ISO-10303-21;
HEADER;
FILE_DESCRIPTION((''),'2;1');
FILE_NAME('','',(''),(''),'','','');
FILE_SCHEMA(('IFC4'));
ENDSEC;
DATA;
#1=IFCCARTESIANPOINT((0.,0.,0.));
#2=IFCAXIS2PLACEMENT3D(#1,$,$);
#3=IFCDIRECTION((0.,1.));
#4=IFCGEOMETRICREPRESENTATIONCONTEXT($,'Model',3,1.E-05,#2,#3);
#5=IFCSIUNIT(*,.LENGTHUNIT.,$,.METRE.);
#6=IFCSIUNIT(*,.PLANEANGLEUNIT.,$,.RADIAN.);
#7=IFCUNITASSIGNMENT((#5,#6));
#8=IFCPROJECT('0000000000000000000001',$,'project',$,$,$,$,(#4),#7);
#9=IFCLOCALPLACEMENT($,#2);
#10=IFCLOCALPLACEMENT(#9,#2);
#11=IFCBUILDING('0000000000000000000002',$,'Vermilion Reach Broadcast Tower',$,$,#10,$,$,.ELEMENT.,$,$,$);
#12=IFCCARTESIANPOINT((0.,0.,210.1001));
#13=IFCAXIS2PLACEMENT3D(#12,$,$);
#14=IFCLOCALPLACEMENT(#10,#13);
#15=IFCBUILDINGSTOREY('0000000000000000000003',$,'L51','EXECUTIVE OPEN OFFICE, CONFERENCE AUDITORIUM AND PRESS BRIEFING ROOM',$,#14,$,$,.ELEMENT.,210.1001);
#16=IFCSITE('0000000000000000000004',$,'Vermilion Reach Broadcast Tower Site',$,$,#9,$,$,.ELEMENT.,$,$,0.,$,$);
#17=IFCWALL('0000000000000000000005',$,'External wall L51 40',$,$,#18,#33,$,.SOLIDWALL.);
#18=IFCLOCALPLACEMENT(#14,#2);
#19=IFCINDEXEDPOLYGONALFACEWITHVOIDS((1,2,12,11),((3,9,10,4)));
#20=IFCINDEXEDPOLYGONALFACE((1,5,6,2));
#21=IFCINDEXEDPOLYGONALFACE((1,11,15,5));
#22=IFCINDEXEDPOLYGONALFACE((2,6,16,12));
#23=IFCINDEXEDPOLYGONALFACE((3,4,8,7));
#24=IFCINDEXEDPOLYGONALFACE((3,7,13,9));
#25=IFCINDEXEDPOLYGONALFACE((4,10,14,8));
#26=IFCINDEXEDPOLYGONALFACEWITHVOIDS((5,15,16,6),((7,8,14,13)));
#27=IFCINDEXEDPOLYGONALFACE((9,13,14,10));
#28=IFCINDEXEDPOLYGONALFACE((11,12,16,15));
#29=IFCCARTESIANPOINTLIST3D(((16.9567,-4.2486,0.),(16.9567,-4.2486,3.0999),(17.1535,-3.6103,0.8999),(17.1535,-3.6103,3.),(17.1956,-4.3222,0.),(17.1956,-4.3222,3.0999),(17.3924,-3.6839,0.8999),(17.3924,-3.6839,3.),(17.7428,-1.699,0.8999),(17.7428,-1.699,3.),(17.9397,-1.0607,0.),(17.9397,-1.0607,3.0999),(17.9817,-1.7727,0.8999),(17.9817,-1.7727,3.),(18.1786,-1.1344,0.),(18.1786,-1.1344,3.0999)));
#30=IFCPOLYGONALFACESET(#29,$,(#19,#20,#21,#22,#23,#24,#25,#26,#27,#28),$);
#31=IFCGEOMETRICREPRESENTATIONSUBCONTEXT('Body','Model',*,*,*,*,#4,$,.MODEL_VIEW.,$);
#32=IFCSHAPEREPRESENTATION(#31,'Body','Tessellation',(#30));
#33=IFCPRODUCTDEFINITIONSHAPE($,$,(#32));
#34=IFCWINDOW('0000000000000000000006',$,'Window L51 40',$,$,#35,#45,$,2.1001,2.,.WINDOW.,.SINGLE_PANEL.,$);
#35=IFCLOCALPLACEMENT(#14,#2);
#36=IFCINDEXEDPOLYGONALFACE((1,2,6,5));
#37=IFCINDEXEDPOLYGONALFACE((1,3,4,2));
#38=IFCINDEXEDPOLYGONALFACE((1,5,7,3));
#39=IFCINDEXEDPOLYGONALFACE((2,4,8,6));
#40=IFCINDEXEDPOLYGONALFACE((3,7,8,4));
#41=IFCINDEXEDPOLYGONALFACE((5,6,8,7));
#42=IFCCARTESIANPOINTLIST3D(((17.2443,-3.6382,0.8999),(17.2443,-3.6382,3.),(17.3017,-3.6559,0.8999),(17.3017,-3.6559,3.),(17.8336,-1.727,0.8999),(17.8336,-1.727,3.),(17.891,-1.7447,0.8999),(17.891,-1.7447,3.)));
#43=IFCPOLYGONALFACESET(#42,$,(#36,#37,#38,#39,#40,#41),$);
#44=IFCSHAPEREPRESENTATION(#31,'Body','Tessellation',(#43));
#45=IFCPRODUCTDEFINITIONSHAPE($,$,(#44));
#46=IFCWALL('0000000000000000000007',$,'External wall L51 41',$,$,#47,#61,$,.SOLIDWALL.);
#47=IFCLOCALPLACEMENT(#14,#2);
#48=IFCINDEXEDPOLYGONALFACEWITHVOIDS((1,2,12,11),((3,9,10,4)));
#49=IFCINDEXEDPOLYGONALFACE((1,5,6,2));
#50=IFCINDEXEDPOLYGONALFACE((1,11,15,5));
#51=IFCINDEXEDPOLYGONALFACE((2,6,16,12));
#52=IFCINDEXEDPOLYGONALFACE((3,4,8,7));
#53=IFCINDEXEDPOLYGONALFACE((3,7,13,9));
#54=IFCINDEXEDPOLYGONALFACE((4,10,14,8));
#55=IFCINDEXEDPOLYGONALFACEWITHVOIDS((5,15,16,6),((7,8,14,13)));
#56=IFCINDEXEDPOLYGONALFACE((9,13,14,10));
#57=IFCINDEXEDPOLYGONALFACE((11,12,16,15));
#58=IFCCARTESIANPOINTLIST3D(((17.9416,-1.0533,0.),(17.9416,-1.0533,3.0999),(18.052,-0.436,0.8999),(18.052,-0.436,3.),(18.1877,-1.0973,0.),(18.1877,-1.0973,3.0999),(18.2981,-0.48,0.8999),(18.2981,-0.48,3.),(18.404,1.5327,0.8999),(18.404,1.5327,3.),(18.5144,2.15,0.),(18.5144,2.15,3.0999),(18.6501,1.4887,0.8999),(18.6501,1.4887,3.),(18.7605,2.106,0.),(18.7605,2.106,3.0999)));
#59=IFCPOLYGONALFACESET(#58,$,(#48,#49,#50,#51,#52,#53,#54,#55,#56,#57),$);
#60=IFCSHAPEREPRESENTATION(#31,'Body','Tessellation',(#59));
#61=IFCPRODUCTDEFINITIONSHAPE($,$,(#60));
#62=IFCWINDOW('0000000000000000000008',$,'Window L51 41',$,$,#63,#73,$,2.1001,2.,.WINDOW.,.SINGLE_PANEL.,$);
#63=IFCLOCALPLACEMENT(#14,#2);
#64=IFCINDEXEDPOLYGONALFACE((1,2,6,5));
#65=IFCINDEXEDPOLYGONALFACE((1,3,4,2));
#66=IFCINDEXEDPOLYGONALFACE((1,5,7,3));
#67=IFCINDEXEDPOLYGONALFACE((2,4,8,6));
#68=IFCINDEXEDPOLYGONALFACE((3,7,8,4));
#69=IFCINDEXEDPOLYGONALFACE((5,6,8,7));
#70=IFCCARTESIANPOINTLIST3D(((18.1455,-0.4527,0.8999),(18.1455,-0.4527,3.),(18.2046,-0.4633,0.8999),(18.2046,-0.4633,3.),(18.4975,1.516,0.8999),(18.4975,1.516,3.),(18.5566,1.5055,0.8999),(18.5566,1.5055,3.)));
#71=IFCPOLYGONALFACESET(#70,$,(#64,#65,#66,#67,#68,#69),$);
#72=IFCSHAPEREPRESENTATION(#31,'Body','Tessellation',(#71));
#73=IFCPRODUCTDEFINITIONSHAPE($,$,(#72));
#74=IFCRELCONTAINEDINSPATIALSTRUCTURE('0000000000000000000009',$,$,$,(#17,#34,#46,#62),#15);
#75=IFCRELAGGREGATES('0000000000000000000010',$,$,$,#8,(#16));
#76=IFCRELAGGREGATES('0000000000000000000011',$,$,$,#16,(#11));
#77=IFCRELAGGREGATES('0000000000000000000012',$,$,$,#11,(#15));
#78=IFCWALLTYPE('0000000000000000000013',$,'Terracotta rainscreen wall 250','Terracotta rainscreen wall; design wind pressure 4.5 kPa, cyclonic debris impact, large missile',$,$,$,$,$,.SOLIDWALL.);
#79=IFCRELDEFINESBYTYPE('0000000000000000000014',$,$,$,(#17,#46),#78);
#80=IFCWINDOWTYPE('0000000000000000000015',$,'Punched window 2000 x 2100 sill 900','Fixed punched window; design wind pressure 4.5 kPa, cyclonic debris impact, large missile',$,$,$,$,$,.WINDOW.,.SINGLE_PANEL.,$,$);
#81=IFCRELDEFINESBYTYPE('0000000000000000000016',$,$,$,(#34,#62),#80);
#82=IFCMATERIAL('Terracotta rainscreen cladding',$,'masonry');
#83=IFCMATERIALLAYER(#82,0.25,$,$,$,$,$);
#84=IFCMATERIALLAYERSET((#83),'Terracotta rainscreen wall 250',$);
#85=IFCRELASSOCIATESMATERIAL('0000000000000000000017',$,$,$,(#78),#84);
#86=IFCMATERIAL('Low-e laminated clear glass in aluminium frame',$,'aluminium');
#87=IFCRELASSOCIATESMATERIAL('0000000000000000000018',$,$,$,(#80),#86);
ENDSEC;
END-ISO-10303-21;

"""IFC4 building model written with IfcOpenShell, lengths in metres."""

from ifc_helpers import new_model, si_unit, direction, frame, frame_2d, origin, place, context, subcontext, project, spatial, rectangle, extrude, material, layer, layer_set, type_object, element, fill, save


model = new_model("IFC4")

# Units and contexts
model_context = context("Model", 3, precision=1e-05, world=origin(), true_north=direction((0.0, 1.0)))
body_context = subcontext(model_context, "Body", "Model", "MODEL_VIEW")
ifc_project = project(units=[si_unit("LENGTHUNIT", "METRE"), si_unit("PLANEANGLEUNIT", "RADIAN")], contexts=[model_context])

# Site, building, storey
site_placement = place(None, origin())
site = spatial("IfcSite", under=ifc_project, at=site_placement, Name="Vermilion Reach Broadcast Tower Site", CompositionType="ELEMENT", RefElevation=0.0)
building_placement = place(site_placement, origin())
building = spatial("IfcBuilding", under=site, at=building_placement, Name="Vermilion Reach Broadcast Tower", CompositionType="ELEMENT")
storey_placement = place(building_placement, frame((0.0, 0.0, 210.1001)))
storey = spatial("IfcBuildingStorey", under=building, at=storey_placement, Name="L51", Description="EXECUTIVE OPEN OFFICE, CONFERENCE AUDITORIUM AND PRESS BRIEFING ROOM", CompositionType="ELEMENT", Elevation=210.1001)

# Shared definitions
ifc_material_1 = material(Name="Terracotta rainscreen cladding", Category="masonry")
ifc_layer_1 = layer(ifc_material_1, 0.25)
ifc_layer_set_1 = layer_set([ifc_layer_1], Name="Terracotta rainscreen wall 250")
wall_type_1 = type_object("IfcWallType", Name="Terracotta rainscreen wall 250", Description="Terracotta rainscreen wall; design wind pressure 4.5 kPa, cyclonic debris impact, large missile", PredefinedType="SOLIDWALL", material=ifc_layer_set_1)

# Walls, openings, windows
wall_1_placement = place(storey_placement, frame((17.0762, -4.2854, 0.0), z_axis=(0.0, 0.0, 1.0), x_axis=(0.294652, 0.955605, 0.0)))
wall_1 = element("IfcWall", 1, at=wall_1_placement, inside=storey, type_object=wall_type_1, Name="External wall L51 40", PredefinedType="SOLIDWALL", context=body_context, shape_type="SweptSolid", body=[
    extrude(rectangle(XDim=3.3359, YDim=0.25, at=frame_2d((1.668, 0.0))), origin(), (0.0, 0.0, 1.0), 3.0999),
])
opening_1_placement = place(wall_1_placement, frame((0.668, 0.0, 0.8999)))
opening_1 = element("IfcOpeningElement", 2, at=opening_1_placement, cuts=wall_1, PredefinedType="OPENING", context=body_context, shape_type="SweptSolid", body=[
    extrude(rectangle(XDim=2.0, YDim=2.1001, at=frame_2d((1.0, 1.05))), frame((0.0, 0.135, 0.0), z_axis=(0.0, -1.0, 0.0), x_axis=(1.0, 0.0, 0.0)), (0.0, 0.0, 1.0), 0.27),
])
ifc_material_2 = material(Name="Low-e laminated clear glass in aluminium frame", Category="aluminium")
window_type = type_object("IfcWindowType", Name="Punched window 2000 x 2100 sill 900", Description="Fixed punched window; design wind pressure 4.5 kPa, cyclonic debris impact, large missile", PartitioningType="SINGLE_PANEL", PredefinedType="WINDOW", material=ifc_material_2)
window_1_placement = place(opening_1_placement, origin())
window_1 = element("IfcWindow", 3, at=window_1_placement, inside=storey, type_object=window_type, Name="Window L51 40", OverallHeight=2.1001, OverallWidth=2.0, PartitioningType="SINGLE_PANEL", PredefinedType="WINDOW", context=body_context, shape_type="SweptSolid", body=[
    extrude(rectangle(XDim=2.0, YDim=2.1001, at=frame_2d((1.0, 1.05))), frame((0.0, 0.03, 0.0), z_axis=(0.0, -1.0, 0.0), x_axis=(1.0, 0.0, 0.0)), (0.0, 0.0, 1.0), 0.0601),
])
fill(opening_1, window_1)
wall_2_placement = place(storey_placement, frame((18.0647, -1.0752, 0.0), z_axis=(0.0, 0.0, 1.0), x_axis=(0.176006, 0.984389, 0.0)))
wall_2 = element("IfcWall", 4, at=wall_2_placement, inside=storey, type_object=wall_type_1, Name="External wall L51 41", PredefinedType="SOLIDWALL", context=body_context, shape_type="SweptSolid", body=[
    extrude(rectangle(XDim=3.2542, YDim=0.25, at=frame_2d((1.627, 0.0))), origin(), (0.0, 0.0, 1.0), 3.0999),
])
opening_2_placement = place(wall_2_placement, frame((0.627, 0.0, 0.8999)))
opening_2 = element("IfcOpeningElement", 5, at=opening_2_placement, cuts=wall_2, PredefinedType="OPENING", context=body_context, shape_type="SweptSolid", body=[
    extrude(rectangle(XDim=2.0, YDim=2.1001, at=frame_2d((1.0, 1.05))), frame((0.0, 0.135, 0.0), z_axis=(0.0, -1.0, 0.0), x_axis=(1.0, 0.0, 0.0)), (0.0, 0.0, 1.0), 0.27),
])
window_2_placement = place(opening_2_placement, origin())
window_2 = element("IfcWindow", 6, at=window_2_placement, inside=storey, type_object=window_type, Name="Window L51 41", OverallHeight=2.1001, OverallWidth=2.0, PartitioningType="SINGLE_PANEL", PredefinedType="WINDOW", context=body_context, shape_type="SweptSolid", body=[
    extrude(rectangle(XDim=2.0, YDim=2.1001, at=frame_2d((1.0, 1.05))), frame((0.0, 0.03, 0.0), z_axis=(0.0, -1.0, 0.0), x_axis=(1.0, 0.0, 0.0)), (0.0, 0.0, 1.0), 0.0601),
])
fill(opening_2, window_2)

save(model, "model.ifc")
